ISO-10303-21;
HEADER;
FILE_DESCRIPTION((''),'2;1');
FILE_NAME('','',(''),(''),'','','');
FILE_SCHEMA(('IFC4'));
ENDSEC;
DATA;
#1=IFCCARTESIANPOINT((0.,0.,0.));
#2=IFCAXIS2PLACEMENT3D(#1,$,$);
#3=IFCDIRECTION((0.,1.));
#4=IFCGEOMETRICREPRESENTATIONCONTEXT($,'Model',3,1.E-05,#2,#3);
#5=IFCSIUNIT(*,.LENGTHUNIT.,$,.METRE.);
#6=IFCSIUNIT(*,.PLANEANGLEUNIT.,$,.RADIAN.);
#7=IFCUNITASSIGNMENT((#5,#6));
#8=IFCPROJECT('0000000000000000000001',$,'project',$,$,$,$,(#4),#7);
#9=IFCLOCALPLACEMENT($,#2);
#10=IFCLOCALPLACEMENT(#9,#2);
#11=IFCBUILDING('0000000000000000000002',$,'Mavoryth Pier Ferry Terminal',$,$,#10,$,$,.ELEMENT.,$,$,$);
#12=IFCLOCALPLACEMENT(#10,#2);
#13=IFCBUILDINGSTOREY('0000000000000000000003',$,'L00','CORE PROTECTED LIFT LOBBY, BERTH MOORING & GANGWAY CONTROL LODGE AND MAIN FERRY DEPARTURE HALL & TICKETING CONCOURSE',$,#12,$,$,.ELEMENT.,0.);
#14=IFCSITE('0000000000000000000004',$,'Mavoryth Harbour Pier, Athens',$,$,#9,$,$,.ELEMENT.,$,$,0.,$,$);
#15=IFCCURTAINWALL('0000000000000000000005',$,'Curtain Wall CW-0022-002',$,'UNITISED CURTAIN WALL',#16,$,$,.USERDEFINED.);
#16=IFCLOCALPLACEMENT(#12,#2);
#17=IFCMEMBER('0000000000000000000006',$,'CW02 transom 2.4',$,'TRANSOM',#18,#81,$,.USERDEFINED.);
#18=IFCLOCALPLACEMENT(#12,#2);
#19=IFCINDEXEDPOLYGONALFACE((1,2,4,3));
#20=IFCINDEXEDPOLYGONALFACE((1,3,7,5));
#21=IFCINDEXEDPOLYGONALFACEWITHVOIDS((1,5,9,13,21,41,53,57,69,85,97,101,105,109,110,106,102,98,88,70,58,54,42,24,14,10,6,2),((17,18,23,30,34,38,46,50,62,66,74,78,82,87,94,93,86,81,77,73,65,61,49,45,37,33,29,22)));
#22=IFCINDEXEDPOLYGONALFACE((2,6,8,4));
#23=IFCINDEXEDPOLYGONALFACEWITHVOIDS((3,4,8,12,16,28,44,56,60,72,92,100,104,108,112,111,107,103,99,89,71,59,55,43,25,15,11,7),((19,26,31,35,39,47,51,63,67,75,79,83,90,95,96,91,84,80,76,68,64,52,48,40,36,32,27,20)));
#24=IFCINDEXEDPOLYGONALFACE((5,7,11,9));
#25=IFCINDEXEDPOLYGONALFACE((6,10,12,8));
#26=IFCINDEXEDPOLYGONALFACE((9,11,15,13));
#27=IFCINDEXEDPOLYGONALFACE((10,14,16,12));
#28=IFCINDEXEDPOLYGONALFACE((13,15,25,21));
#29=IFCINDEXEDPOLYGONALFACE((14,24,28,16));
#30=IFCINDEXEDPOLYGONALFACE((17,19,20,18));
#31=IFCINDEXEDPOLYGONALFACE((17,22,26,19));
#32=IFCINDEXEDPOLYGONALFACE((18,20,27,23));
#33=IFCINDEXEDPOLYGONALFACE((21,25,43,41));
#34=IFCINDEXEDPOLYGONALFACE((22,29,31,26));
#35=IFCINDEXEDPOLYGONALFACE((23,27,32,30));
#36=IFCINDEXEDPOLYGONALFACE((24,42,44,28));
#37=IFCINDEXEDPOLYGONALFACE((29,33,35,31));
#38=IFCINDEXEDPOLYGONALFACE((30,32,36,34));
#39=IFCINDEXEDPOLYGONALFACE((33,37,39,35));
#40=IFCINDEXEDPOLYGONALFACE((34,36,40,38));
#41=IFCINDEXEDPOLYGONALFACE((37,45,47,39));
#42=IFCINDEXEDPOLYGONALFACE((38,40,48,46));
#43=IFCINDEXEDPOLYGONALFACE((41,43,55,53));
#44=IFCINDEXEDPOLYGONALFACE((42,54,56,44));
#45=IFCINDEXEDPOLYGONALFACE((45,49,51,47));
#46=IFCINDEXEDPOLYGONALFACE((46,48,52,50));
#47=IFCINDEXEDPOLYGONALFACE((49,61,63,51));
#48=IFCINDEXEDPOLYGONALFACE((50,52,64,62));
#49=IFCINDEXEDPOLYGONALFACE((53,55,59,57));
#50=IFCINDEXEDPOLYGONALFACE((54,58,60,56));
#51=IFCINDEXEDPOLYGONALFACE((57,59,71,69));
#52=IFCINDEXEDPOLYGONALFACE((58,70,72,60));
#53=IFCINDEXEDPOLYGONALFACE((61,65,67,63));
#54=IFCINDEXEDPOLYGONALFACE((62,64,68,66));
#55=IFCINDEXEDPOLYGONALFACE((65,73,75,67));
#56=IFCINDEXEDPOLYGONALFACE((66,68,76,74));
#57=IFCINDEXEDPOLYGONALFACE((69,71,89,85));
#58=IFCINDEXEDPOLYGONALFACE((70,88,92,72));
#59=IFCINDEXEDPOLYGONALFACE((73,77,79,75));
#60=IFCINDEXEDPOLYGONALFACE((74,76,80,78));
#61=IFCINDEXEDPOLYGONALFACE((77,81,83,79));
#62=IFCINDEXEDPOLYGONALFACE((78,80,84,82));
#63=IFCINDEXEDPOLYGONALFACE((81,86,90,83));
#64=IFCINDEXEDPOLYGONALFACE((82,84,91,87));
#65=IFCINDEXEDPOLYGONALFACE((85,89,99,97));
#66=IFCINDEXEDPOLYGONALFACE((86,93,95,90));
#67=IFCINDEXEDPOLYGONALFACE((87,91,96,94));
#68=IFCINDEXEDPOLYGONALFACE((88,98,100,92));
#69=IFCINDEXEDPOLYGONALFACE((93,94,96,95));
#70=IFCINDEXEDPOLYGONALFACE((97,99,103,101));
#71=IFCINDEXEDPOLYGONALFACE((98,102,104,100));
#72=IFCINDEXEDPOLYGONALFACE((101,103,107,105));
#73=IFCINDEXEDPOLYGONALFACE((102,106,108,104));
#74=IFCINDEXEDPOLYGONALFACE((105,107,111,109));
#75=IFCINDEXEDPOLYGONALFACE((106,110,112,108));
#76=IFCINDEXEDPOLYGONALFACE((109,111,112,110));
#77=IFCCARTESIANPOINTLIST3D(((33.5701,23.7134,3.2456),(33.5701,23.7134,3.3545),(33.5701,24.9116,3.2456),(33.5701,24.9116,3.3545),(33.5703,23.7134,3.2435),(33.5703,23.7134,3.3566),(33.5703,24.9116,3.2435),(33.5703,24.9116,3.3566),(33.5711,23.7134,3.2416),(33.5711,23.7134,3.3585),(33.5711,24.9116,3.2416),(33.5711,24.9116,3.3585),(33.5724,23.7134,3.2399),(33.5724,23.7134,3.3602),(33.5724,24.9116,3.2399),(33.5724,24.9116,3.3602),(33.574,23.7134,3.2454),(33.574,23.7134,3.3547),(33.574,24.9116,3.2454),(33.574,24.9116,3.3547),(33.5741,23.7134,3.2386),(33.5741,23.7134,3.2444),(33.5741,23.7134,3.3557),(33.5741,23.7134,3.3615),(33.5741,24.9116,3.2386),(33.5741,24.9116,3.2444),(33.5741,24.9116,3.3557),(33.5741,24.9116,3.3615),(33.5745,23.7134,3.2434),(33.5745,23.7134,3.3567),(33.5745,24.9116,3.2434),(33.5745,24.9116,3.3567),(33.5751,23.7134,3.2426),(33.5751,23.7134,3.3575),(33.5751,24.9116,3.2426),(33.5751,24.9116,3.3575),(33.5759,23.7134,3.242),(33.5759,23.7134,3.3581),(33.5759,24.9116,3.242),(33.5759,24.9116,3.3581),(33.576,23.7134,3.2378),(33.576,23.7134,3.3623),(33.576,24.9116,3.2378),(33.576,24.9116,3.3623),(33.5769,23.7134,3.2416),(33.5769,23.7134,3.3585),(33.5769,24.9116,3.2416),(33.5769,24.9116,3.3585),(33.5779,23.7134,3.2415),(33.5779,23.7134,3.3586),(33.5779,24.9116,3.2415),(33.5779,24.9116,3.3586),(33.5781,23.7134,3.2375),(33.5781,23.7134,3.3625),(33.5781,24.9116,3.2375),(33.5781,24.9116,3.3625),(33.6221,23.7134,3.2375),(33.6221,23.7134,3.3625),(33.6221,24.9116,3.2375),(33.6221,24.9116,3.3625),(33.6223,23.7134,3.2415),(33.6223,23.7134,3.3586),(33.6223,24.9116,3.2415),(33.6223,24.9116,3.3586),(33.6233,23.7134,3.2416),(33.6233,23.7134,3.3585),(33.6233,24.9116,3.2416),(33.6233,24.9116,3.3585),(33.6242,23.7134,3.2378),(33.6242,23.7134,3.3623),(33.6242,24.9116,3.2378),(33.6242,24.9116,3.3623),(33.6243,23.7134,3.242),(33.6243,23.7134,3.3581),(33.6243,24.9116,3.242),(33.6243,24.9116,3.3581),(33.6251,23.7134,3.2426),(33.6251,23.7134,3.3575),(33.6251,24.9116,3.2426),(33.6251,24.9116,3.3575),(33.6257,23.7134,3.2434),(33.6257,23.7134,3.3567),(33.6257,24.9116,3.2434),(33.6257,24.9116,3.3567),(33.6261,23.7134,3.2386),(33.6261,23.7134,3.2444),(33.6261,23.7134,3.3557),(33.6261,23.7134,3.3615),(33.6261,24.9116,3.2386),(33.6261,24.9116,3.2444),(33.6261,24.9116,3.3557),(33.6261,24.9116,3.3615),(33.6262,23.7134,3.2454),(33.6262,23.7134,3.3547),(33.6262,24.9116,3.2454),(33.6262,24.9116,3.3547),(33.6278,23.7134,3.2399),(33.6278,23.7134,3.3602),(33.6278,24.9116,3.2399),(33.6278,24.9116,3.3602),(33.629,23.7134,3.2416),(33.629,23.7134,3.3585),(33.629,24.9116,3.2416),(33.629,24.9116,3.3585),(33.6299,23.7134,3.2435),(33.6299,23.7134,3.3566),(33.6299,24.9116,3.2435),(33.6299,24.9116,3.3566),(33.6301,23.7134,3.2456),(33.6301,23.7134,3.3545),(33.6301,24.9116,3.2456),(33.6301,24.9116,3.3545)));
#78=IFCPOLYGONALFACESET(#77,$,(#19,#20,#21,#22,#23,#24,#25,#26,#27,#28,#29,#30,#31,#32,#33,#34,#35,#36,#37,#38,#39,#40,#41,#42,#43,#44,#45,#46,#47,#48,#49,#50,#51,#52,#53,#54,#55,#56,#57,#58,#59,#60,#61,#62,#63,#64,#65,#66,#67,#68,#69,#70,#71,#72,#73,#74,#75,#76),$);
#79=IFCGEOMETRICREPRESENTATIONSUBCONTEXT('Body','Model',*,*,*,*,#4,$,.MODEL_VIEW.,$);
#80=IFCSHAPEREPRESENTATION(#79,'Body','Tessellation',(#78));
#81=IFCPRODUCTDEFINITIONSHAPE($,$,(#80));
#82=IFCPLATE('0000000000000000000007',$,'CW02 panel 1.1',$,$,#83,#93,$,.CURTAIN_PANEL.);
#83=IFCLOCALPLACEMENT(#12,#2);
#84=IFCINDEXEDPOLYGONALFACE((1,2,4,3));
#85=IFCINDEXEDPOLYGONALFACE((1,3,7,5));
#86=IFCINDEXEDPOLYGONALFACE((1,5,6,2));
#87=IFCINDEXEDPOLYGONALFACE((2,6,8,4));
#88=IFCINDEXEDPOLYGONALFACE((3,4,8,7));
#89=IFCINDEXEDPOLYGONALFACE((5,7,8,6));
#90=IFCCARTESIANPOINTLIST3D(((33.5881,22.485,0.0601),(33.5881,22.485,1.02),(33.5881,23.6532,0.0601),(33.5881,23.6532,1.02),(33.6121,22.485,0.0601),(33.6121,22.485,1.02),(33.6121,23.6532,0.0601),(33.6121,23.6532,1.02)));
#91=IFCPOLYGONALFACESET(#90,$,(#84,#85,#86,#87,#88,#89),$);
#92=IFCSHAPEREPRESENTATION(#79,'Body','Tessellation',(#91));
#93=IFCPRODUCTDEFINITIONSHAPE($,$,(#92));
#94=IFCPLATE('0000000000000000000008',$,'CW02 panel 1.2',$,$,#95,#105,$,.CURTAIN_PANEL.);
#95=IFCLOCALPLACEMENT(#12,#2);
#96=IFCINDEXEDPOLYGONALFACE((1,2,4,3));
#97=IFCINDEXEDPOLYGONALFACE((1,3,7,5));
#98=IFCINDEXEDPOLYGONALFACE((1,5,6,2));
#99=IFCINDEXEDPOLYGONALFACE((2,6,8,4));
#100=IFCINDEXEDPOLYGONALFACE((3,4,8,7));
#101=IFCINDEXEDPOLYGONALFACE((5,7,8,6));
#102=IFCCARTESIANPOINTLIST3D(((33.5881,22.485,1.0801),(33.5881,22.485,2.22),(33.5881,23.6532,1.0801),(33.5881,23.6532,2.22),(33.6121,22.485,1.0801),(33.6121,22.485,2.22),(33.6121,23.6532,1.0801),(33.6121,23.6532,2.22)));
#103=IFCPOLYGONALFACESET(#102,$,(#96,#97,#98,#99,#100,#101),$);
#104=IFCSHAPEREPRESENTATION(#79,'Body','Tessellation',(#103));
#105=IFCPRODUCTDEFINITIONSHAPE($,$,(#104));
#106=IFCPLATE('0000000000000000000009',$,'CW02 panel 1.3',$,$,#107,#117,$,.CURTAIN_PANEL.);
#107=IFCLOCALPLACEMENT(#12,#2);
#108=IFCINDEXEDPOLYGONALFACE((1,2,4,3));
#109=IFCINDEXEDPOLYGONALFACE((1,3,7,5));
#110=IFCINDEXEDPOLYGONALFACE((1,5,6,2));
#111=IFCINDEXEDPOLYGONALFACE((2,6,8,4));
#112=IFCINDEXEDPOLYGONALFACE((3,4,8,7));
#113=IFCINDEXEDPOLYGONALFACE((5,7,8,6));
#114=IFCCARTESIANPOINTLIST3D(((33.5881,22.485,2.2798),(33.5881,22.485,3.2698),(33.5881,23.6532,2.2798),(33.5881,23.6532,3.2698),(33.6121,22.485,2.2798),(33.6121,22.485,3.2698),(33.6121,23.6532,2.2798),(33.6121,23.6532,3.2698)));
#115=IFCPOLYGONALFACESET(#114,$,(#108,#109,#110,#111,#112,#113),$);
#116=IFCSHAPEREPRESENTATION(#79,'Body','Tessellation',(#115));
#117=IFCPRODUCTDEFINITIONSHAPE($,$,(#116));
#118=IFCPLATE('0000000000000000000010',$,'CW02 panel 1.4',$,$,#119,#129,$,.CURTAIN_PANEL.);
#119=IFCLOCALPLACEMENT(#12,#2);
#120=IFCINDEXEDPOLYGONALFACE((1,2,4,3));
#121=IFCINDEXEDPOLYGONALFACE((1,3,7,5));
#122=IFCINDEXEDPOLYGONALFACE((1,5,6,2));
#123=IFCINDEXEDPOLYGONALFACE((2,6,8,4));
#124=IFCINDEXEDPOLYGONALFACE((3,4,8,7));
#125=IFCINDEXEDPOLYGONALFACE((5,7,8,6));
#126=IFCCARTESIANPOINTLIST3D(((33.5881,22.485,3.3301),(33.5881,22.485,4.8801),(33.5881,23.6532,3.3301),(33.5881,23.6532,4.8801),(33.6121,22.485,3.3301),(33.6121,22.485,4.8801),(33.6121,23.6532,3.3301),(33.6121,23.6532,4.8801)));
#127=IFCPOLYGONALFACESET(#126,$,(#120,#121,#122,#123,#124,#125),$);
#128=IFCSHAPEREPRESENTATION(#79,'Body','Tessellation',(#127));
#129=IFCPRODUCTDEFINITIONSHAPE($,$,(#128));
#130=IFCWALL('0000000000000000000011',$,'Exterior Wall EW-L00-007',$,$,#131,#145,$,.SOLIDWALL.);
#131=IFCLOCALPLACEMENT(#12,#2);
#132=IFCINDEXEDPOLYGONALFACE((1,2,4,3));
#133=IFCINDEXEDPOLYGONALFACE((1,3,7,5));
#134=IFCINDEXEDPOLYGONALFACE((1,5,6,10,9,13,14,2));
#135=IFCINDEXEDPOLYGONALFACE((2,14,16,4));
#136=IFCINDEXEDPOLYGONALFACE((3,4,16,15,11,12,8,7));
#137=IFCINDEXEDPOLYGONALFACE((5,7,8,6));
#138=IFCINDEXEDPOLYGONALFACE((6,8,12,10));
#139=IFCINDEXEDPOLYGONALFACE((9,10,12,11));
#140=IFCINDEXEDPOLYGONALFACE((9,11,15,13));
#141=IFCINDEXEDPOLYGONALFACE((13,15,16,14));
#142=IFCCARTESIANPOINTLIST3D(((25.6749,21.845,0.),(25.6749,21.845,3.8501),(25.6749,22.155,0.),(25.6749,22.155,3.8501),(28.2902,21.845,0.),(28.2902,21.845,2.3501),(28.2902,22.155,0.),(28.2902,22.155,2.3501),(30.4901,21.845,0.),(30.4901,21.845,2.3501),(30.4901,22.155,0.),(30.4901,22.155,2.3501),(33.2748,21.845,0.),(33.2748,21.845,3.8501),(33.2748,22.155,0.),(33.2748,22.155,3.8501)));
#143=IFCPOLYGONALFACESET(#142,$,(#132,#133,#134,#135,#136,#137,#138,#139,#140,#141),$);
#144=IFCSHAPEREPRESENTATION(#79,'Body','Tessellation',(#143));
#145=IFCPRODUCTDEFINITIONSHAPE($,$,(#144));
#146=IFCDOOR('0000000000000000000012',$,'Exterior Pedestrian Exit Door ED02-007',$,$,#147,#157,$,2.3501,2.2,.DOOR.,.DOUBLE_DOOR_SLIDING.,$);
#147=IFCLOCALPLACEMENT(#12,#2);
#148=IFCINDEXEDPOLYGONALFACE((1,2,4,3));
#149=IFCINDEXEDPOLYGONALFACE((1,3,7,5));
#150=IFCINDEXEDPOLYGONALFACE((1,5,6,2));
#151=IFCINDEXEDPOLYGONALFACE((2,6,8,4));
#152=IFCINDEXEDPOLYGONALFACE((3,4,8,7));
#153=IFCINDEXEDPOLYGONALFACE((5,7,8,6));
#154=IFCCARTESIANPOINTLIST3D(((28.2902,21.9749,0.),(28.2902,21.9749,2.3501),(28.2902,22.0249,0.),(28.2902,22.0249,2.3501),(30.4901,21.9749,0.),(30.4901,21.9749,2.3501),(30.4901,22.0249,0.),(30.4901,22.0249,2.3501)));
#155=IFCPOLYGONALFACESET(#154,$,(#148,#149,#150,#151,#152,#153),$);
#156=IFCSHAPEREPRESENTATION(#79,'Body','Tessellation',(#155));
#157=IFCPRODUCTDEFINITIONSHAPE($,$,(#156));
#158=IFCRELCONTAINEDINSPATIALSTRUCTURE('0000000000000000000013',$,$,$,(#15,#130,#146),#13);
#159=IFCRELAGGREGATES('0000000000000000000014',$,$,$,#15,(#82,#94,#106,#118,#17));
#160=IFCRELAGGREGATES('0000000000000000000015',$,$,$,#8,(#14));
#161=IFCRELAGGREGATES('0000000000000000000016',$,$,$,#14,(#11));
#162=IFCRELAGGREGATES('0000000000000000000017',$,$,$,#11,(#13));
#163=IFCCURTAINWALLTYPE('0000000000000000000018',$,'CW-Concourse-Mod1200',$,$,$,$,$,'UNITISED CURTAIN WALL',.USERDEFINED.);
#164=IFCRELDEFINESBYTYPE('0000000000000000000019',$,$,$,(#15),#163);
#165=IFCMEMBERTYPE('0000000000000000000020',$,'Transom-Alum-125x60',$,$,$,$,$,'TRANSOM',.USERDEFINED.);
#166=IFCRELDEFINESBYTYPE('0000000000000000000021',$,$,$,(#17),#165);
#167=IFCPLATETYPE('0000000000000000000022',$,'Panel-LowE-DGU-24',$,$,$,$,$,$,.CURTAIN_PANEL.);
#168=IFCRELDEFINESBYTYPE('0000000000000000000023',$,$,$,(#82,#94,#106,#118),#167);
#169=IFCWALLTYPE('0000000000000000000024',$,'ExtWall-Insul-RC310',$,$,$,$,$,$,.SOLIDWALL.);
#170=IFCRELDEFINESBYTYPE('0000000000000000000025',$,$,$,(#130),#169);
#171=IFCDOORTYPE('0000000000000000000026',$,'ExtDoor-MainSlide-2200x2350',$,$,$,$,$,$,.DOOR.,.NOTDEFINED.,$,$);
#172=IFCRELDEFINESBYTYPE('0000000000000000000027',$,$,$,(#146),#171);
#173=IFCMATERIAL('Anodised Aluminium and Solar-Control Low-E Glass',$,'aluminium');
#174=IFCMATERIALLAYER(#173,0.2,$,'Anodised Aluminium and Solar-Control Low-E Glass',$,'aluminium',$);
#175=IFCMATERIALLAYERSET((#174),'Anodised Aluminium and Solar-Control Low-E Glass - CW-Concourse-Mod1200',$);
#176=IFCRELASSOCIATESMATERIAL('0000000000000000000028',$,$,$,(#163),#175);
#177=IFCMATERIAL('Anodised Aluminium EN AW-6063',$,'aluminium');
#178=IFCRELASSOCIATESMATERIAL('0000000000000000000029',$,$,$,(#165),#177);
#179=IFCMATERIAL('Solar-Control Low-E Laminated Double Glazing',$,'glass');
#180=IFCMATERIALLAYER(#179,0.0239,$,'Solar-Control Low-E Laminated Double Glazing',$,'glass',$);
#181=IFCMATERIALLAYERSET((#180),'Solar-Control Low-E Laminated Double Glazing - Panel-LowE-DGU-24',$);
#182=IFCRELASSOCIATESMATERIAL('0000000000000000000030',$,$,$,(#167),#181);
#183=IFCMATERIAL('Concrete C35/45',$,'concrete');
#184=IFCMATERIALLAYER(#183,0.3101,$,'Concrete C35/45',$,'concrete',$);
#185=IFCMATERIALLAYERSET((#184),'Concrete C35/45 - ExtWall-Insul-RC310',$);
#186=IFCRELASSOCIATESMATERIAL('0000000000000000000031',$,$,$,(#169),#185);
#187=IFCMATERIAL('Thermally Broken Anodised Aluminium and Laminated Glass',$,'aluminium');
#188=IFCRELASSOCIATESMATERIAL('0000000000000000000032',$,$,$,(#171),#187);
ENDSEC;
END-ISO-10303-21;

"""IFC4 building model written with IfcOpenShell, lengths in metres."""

from ifc_helpers import new_model, si_unit, direction, frame, frame_2d, origin, origin_2d, place, context, subcontext, project, spatial, rectangle, hollow_rectangle, extrude, material, layer, layer_set, material_profile, profile_set, type_object, element, fill, aggregate, save


model = new_model("IFC4")

# Units and contexts
model_context = context("Model", 3, precision=1e-05, world=origin(), true_north=direction((0.0, 1.0)))
body_context = subcontext(model_context, "Body", "Model", "MODEL_VIEW")
ifc_project = project(units=[si_unit("LENGTHUNIT", "METRE"), si_unit("PLANEANGLEUNIT", "RADIAN")], contexts=[model_context])

# Site, building, storey
site_placement = place(None, origin())
site = spatial("IfcSite", under=ifc_project, at=site_placement, Name="Mavoryth Harbour Pier, Athens", CompositionType="ELEMENT", RefElevation=0.0)
building_placement = place(site_placement, origin())
building = spatial("IfcBuilding", under=site, at=building_placement, Name="Mavoryth Pier Ferry Terminal", CompositionType="ELEMENT")
storey_placement = place(building_placement, origin())
storey = spatial("IfcBuildingStorey", under=building, at=storey_placement, Name="L00", Description="CORE PROTECTED LIFT LOBBY, BERTH MOORING & GANGWAY CONTROL LODGE AND MAIN FERRY DEPARTURE HALL & TICKETING CONCOURSE", CompositionType="ELEMENT", Elevation=0.0)

# Shared definitions
ifc_material_1 = material(Name="Concrete C35/45", Category="concrete")

# Curtain wall, member, plates
ifc_material_2 = material(Name="Anodised Aluminium and Solar-Control Low-E Glass", Category="aluminium")
ifc_layer_1 = layer(ifc_material_2, 0.2, Name="Anodised Aluminium and Solar-Control Low-E Glass", Category="aluminium")
ifc_layer_set_1 = layer_set([ifc_layer_1], Name="Anodised Aluminium and Solar-Control Low-E Glass - CW-Concourse-Mod1200")
curtain_wall_type = type_object("IfcCurtainWallType", Name="CW-Concourse-Mod1200", ElementType="UNITISED CURTAIN WALL", PredefinedType="USERDEFINED", material=ifc_layer_set_1)
curtain_wall_placement = place(storey_placement, origin())
curtain_wall = element("IfcCurtainWall", 1, at=curtain_wall_placement, inside=storey, type_object=curtain_wall_type, Name="Curtain Wall CW-0022-002", ObjectType="UNITISED CURTAIN WALL", PredefinedType="USERDEFINED")
ifc_material_3 = material(Name="Anodised Aluminium EN AW-6063", Category="aluminium")
ifc_material_profile_1 = material_profile(ifc_material_3, hollow_rectangle(XDim=0.0601, YDim=0.125, WallThickness=0.0039, InnerFilletRadius=0.0039, OuterFilletRadius=0.0081, at=origin_2d()), Name="AL-TRAN 125x60x4", Category="aluminium")
ifc_profile_set_1 = profile_set([ifc_material_profile_1], Name="Anodised Aluminium EN AW-6063 - AL-TRAN 125x60x4")
member_type_1 = type_object("IfcMemberType", Name="Transom-Alum-125x60", ElementType="TRANSOM", PredefinedType="USERDEFINED", material=ifc_profile_set_1)
member_1_placement = place(storey_placement, frame((33.6001, 23.7134, 3.3), z_axis=(0.0, 1.0, 0.0), x_axis=(-1.0, 0.0, 0.0)))
member_1 = element("IfcMember", 2, at=member_1_placement, type_object=member_type_1, Name="CW02 transom 2.4", ObjectType="TRANSOM", PredefinedType="USERDEFINED", context=body_context, shape_type="SweptSolid", body=[
    extrude(hollow_rectangle(XDim=0.0601, YDim=0.125, WallThickness=0.0039, InnerFilletRadius=0.0039, OuterFilletRadius=0.0081, at=origin_2d()), origin(), (0.0, 0.0, 1.0), 1.1982),
])
ifc_material_4 = material(Name="Solar-Control Low-E Laminated Double Glazing", Category="glass")
ifc_layer_2 = layer(ifc_material_4, 0.0239, Name="Solar-Control Low-E Laminated Double Glazing", Category="glass")
ifc_layer_set_2 = layer_set([ifc_layer_2], Name="Solar-Control Low-E Laminated Double Glazing - Panel-LowE-DGU-24")
plate_type = type_object("IfcPlateType", Name="Panel-LowE-DGU-24", PredefinedType="CURTAIN_PANEL", material=ifc_layer_set_2)
plate_1_placement = place(storey_placement, frame((33.6001, 23.0691, 0.0601), z_axis=(0.0, 0.0, 1.0), x_axis=(0.0, 1.0, 0.0)))
plate_1 = element("IfcPlate", 3, at=plate_1_placement, type_object=plate_type, Name="CW02 panel 1.1", PredefinedType="CURTAIN_PANEL", context=body_context, shape_type="SweptSolid", body=[
    extrude(rectangle(XDim=1.1682, YDim=0.0239, at=origin_2d()), origin(), (0.0, 0.0, 1.0), 0.96),
])
plate_2_placement = place(storey_placement, frame((33.6001, 23.0691, 1.0801), z_axis=(0.0, 0.0, 1.0), x_axis=(0.0, 1.0, 0.0)))
plate_2 = element("IfcPlate", 4, at=plate_2_placement, type_object=plate_type, Name="CW02 panel 1.2", PredefinedType="CURTAIN_PANEL", context=body_context, shape_type="SweptSolid", body=[
    extrude(rectangle(XDim=1.1682, YDim=0.0239, at=origin_2d()), origin(), (0.0, 0.0, 1.0), 1.1399),
])
plate_3_placement = place(storey_placement, frame((33.6001, 23.0691, 2.2798), z_axis=(0.0, 0.0, 1.0), x_axis=(0.0, 1.0, 0.0)))
plate_3 = element("IfcPlate", 5, at=plate_3_placement, type_object=plate_type, Name="CW02 panel 1.3", PredefinedType="CURTAIN_PANEL", context=body_context, shape_type="SweptSolid", body=[
    extrude(rectangle(XDim=1.1682, YDim=0.0239, at=origin_2d()), origin(), (0.0, 0.0, 1.0), 0.99),
])
plate_4_placement = place(storey_placement, frame((33.6001, 23.0691, 3.3301), z_axis=(0.0, 0.0, 1.0), x_axis=(0.0, 1.0, 0.0)))
plate_4 = element("IfcPlate", 6, at=plate_4_placement, type_object=plate_type, Name="CW02 panel 1.4", PredefinedType="CURTAIN_PANEL", context=body_context, shape_type="SweptSolid", body=[
    extrude(rectangle(XDim=1.1682, YDim=0.0239, at=origin_2d()), origin(), (0.0, 0.0, 1.0), 1.55),
])
aggregate(curtain_wall, [plate_1, plate_2, plate_3, plate_4, member_1])

# Wall, opening, door
ifc_layer_3 = layer(ifc_material_1, 0.3101, Name="Concrete C35/45", Category="concrete")
ifc_layer_set_3 = layer_set([ifc_layer_3], Name="Concrete C35/45 - ExtWall-Insul-RC310")
wall_type = type_object("IfcWallType", Name="ExtWall-Insul-RC310", PredefinedType="SOLIDWALL", material=ifc_layer_set_3)
wall_placement = place(storey_placement, frame((25.675, 22.0, 0.0), z_axis=(0.0, 0.0, 1.0), x_axis=(1.0, 0.0, 0.0)))
wall = element("IfcWall", 7, at=wall_placement, inside=storey, type_object=wall_type, Name="Exterior Wall EW-L00-007", PredefinedType="SOLIDWALL", context=body_context, shape_type="SweptSolid", body=[
    extrude(rectangle(XDim=7.5999, YDim=0.3101, at=frame_2d((3.7998, 0.0))), origin(), (0.0, 0.0, 1.0), 3.8501),
])
opening_placement = place(wall_placement, frame((2.615, 0.0, 0.0)))
opening = element("IfcOpeningElement", 8, at=opening_placement, cuts=wall, PredefinedType="OPENING", context=body_context, shape_type="SweptSolid", body=[
    extrude(rectangle(XDim=2.2, YDim=2.3501, at=frame_2d((1.1001, 1.175))), frame((0.0, 0.165, 0.0), z_axis=(0.0, -1.0, 0.0), x_axis=(1.0, 0.0, 0.0)), (0.0, 0.0, 1.0), 0.3301),
])
ifc_material_5 = material(Name="Thermally Broken Anodised Aluminium and Laminated Glass", Category="aluminium")
door_type = type_object("IfcDoorType", Name="ExtDoor-MainSlide-2200x2350", OperationType="NOTDEFINED", PredefinedType="DOOR", material=ifc_material_5)
door_placement = place(opening_placement, origin())
door = element("IfcDoor", 9, at=door_placement, inside=storey, type_object=door_type, Name="Exterior Pedestrian Exit Door ED02-007", OperationType="DOUBLE_DOOR_SLIDING", OverallHeight=2.3501, OverallWidth=2.2, PredefinedType="DOOR", context=body_context, shape_type="SweptSolid", body=[
    extrude(rectangle(XDim=2.2, YDim=2.3501, at=frame_2d((1.1001, 1.175))), frame((0.0, 0.0249, 0.0), z_axis=(0.0, -1.0, 0.0), x_axis=(1.0, 0.0, 0.0)), (0.0, 0.0, 1.0), 0.05),
])
fill(opening, door)

save(model, "model.ifc")
